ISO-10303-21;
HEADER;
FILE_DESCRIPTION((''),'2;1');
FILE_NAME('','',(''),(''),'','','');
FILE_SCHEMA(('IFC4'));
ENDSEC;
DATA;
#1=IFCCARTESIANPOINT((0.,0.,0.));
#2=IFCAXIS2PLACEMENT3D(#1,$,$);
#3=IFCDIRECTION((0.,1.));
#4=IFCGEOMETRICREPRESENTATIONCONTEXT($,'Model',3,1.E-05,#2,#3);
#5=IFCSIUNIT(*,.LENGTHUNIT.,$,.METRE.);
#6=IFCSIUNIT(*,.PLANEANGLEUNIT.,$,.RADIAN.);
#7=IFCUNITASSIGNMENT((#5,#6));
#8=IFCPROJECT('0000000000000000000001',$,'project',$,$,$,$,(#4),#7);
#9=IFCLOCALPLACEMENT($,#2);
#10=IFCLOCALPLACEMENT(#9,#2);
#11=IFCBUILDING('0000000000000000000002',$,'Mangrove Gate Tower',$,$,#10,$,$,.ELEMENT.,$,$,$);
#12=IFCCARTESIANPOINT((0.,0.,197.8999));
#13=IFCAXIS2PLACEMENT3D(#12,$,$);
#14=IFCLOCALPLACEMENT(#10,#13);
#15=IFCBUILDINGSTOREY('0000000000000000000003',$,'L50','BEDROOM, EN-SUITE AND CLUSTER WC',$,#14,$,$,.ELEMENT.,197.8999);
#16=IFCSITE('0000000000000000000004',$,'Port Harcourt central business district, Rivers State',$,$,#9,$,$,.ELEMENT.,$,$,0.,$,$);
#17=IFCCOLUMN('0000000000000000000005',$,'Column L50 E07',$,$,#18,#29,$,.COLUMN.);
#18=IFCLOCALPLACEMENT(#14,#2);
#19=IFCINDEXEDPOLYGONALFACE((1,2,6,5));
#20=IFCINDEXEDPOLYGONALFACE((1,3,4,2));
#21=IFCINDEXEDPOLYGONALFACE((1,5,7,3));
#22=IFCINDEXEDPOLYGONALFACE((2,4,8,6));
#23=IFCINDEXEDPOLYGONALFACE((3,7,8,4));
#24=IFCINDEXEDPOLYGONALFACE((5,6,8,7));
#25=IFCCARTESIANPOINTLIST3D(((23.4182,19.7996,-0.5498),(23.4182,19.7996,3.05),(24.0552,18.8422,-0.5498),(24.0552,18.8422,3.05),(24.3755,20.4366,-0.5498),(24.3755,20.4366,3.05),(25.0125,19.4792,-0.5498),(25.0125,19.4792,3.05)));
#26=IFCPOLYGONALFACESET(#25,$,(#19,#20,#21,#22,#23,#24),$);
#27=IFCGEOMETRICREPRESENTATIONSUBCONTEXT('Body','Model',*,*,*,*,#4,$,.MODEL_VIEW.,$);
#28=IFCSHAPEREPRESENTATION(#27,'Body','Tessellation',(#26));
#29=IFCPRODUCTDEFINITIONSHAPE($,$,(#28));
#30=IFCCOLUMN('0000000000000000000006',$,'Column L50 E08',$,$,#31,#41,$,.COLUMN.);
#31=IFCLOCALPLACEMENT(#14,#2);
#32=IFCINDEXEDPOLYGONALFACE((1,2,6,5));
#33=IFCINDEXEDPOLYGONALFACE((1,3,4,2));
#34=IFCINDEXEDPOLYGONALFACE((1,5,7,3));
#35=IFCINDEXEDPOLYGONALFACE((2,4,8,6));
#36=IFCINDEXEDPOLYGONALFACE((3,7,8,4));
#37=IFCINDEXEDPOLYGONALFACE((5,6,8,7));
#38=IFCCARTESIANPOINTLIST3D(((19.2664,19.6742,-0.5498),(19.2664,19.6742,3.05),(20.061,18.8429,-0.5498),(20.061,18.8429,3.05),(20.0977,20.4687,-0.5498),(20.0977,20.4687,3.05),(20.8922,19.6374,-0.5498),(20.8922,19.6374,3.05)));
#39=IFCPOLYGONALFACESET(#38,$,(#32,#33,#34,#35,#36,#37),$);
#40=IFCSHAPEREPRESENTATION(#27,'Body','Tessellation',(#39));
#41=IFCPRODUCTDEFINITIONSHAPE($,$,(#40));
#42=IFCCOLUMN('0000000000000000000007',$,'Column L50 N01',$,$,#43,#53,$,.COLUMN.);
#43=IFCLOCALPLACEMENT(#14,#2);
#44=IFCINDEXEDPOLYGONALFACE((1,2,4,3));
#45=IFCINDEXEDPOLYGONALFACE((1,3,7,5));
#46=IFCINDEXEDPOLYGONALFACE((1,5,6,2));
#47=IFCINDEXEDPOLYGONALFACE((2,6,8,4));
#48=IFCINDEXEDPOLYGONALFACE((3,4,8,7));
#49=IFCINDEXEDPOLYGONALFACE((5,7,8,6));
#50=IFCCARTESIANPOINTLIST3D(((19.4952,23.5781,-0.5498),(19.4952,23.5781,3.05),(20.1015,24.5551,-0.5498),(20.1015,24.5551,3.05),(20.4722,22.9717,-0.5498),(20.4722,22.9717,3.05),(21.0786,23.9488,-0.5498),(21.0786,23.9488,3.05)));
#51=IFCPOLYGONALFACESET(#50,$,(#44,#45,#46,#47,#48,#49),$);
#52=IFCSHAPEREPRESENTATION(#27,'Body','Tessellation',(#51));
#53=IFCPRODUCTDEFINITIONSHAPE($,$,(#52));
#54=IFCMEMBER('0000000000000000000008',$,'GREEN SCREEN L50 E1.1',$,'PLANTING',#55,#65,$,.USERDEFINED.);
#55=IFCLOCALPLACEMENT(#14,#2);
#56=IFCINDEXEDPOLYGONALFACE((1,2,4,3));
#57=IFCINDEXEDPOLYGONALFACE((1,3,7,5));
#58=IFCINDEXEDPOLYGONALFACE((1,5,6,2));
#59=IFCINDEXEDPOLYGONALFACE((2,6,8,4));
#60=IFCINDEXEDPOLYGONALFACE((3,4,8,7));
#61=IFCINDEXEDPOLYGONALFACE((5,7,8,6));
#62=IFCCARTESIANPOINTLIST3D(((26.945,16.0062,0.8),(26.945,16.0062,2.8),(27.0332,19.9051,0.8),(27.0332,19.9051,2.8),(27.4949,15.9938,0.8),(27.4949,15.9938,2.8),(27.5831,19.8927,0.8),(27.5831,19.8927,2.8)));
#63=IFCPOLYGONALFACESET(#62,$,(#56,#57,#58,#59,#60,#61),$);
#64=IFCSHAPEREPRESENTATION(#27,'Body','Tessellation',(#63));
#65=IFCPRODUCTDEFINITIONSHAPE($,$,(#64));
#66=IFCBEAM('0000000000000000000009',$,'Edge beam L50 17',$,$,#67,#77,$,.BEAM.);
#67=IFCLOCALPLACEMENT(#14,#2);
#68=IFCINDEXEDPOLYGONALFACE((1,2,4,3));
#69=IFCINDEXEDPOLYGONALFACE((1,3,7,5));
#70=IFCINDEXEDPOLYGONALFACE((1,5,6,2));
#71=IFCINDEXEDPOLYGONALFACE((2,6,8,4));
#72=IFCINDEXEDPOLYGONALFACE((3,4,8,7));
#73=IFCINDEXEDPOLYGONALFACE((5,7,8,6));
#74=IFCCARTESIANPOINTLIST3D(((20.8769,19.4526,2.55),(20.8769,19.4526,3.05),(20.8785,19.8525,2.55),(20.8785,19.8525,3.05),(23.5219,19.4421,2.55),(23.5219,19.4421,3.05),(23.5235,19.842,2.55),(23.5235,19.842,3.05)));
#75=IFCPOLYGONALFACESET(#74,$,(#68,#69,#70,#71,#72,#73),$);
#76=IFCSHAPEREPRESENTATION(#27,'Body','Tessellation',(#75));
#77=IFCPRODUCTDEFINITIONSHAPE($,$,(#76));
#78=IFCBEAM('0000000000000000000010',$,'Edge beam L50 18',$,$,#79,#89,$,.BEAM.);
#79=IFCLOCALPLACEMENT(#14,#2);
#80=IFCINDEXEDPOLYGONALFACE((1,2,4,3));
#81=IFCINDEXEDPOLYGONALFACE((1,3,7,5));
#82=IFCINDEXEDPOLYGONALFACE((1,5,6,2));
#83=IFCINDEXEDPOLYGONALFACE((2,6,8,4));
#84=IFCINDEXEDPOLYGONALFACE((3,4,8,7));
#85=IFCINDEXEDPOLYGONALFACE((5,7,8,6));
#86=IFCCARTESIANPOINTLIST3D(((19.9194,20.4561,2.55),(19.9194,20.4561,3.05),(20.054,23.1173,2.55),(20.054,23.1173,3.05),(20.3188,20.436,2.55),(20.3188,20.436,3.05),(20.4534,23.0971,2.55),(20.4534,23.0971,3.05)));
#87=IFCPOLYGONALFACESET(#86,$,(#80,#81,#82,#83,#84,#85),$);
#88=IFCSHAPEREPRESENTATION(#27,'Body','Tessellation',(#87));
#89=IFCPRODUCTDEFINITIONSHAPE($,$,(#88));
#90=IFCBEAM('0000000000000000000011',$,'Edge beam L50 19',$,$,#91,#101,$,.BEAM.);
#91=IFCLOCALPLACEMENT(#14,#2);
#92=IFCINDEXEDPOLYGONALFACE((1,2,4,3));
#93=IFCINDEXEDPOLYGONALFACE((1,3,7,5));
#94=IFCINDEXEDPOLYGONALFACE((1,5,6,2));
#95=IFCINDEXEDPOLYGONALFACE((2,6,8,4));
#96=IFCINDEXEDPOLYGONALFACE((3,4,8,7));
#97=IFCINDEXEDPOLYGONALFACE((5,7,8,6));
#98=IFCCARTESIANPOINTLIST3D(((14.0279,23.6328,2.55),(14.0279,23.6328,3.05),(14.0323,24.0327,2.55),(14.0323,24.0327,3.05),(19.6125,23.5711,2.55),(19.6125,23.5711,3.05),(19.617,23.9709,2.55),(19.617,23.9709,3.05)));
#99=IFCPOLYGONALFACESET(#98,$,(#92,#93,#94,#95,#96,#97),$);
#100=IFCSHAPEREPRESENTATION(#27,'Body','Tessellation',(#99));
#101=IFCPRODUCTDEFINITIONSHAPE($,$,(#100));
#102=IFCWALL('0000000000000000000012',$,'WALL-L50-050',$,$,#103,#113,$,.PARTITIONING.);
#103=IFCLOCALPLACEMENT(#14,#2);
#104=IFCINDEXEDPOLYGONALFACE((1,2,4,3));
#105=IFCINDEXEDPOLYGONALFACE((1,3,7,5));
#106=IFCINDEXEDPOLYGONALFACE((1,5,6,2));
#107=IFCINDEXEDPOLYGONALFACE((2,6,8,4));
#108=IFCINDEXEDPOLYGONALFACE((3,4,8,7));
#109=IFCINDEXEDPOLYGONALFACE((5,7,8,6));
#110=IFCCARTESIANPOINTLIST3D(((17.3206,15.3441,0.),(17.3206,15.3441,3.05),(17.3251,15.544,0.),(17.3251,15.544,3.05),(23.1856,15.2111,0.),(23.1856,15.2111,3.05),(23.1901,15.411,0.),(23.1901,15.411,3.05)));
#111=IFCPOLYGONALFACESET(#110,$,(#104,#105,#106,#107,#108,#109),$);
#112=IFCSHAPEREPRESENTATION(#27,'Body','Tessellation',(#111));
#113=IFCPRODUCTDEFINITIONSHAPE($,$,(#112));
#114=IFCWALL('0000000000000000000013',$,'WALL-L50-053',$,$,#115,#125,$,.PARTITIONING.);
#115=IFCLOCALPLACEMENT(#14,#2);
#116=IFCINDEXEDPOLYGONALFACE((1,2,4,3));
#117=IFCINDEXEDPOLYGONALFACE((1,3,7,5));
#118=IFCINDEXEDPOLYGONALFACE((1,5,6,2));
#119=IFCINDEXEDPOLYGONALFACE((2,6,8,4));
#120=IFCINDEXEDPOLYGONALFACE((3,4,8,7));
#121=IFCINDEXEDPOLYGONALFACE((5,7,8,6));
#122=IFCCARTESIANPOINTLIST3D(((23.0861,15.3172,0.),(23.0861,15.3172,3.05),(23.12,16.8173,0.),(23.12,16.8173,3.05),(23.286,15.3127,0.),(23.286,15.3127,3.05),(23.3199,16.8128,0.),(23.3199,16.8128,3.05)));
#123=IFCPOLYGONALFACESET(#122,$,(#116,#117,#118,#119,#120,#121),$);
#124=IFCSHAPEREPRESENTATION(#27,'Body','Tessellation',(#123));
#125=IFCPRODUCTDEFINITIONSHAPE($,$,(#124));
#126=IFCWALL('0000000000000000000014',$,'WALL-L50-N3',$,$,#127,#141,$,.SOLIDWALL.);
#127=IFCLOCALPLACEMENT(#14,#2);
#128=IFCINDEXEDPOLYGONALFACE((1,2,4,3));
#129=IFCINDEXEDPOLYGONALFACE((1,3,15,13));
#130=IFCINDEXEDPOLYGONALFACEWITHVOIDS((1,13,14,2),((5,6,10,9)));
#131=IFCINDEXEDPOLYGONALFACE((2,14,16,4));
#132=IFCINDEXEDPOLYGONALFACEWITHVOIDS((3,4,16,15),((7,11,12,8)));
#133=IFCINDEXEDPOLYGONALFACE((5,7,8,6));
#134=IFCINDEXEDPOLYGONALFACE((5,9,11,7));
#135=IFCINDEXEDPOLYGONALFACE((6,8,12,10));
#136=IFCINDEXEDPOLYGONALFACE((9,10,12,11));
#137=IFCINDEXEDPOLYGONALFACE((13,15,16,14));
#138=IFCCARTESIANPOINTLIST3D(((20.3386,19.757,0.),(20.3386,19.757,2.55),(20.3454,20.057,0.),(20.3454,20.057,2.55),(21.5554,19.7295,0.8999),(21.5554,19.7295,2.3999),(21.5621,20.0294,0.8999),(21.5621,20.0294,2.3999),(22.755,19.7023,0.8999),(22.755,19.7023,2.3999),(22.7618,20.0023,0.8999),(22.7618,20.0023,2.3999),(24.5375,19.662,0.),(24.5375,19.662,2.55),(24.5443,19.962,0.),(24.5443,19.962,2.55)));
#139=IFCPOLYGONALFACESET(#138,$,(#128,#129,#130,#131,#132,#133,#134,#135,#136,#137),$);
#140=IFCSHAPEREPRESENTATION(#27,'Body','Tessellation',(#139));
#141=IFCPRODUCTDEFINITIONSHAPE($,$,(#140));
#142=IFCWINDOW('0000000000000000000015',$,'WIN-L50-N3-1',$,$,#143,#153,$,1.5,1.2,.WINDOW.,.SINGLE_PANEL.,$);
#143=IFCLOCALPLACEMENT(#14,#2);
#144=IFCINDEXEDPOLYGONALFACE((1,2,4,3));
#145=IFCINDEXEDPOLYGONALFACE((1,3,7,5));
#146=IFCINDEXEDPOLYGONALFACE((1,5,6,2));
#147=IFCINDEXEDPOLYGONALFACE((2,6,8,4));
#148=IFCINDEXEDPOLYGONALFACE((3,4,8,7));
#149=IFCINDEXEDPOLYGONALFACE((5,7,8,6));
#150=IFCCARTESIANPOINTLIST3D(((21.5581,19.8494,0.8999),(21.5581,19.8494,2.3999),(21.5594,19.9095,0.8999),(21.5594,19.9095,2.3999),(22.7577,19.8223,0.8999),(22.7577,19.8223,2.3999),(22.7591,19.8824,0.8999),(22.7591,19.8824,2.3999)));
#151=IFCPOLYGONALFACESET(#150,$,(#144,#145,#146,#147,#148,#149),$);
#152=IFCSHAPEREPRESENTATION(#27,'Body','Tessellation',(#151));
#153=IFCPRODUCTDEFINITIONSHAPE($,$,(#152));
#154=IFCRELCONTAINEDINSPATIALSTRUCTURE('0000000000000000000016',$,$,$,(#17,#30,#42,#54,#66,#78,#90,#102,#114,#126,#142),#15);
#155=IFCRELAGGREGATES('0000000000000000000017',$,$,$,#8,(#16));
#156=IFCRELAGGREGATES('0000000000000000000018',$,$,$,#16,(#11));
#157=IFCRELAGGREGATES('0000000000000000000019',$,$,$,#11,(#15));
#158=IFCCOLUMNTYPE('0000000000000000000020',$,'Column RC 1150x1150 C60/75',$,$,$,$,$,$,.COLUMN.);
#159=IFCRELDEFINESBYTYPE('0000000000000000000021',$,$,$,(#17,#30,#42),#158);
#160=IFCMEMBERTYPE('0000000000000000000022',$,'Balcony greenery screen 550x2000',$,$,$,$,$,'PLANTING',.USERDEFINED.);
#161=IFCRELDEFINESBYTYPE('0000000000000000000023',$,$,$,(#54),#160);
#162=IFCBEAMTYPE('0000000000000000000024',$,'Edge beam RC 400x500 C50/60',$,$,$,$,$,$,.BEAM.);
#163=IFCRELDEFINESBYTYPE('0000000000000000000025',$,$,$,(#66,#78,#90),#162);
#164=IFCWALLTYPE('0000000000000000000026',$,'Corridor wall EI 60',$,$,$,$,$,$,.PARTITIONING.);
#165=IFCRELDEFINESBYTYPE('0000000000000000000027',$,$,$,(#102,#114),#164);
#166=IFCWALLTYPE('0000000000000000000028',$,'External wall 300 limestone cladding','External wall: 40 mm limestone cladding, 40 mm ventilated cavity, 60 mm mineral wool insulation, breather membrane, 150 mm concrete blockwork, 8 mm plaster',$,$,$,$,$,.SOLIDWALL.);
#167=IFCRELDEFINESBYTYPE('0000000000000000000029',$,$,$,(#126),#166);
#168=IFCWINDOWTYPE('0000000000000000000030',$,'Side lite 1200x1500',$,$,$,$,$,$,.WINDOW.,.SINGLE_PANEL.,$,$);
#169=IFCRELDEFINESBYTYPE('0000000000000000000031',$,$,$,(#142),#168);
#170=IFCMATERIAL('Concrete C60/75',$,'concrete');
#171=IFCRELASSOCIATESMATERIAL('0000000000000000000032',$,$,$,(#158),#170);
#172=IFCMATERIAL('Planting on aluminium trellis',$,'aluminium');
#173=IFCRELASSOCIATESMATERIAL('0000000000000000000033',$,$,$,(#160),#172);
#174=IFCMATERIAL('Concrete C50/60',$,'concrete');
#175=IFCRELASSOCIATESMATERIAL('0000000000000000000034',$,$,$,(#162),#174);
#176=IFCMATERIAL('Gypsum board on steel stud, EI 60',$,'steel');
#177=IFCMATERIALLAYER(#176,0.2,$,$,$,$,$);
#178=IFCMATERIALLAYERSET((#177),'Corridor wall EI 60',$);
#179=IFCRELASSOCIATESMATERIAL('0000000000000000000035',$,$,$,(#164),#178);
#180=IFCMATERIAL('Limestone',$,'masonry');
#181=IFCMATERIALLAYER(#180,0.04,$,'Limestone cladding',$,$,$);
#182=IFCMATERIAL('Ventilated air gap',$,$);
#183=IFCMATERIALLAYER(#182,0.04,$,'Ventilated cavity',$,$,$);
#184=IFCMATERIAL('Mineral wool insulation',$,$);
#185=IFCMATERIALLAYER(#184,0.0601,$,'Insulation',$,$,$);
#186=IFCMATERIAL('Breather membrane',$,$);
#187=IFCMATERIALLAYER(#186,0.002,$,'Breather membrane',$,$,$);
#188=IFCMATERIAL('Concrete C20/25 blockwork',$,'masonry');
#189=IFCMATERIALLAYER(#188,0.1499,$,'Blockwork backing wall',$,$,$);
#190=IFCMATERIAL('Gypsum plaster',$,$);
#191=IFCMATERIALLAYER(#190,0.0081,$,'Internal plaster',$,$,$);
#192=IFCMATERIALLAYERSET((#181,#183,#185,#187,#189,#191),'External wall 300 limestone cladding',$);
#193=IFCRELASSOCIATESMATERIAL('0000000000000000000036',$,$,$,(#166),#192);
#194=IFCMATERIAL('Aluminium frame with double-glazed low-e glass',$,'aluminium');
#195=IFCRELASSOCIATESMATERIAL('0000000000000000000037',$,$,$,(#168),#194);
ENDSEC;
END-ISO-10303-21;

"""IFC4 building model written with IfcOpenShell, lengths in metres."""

from ifc_helpers import new_model, si_unit, direction, frame, frame_2d, origin, origin_2d, place, context, subcontext, project, spatial, rectangle, extrude, material, layer, layer_set, material_profile, profile_set, type_object, element, fill, save


model = new_model("IFC4")

# Units and contexts
model_context = context("Model", 3, precision=1e-05, world=origin(), true_north=direction((0.0, 1.0)))
body_context = subcontext(model_context, "Body", "Model", "MODEL_VIEW")
ifc_project = project(units=[si_unit("LENGTHUNIT", "METRE"), si_unit("PLANEANGLEUNIT", "RADIAN")], contexts=[model_context])

# Site, building, storey
site_placement = place(None, origin())
site = spatial("IfcSite", under=ifc_project, at=site_placement, Name="Port Harcourt central business district, Rivers State", CompositionType="ELEMENT", RefElevation=0.0)
building_placement = place(site_placement, origin())
building = spatial("IfcBuilding", under=site, at=building_placement, Name="Mangrove Gate Tower", CompositionType="ELEMENT")
storey_placement = place(building_placement, frame((0.0, 0.0, 197.8999)))
storey = spatial("IfcBuildingStorey", under=building, at=storey_placement, Name="L50", Description="BEDROOM, EN-SUITE AND CLUSTER WC", CompositionType="ELEMENT", Elevation=197.8999)

# Columns
ifc_material_1 = material(Name="Concrete C60/75", Category="concrete")
ifc_material_profile_1 = material_profile(ifc_material_1, rectangle(XDim=1.1499, YDim=1.1499, at=origin_2d()))
ifc_profile_set_1 = profile_set([ifc_material_profile_1], Name="Concrete C60/75")
column_type = type_object("IfcColumnType", Name="Column RC 1150x1150 C60/75", PredefinedType="COLUMN", material=ifc_profile_set_1)
for number, where, z_axis, x_axis, name in (
    (1, (24.2153, 19.6394, -0.5498), (0.0, 0.0, 1.0), (-0.553976, 0.832532, 0.0), "Column L50 E07"),
    (2, (20.0793, 19.6558, -0.5498), (0.0, 0.0, 1.0), (-0.690932, 0.72292, 0.0), "Column L50 E08"),
    (3, (20.2869, 23.7634, -0.5498), (0.0, 0.0, 1.0), (-0.849672, 0.527312, 0.0), "Column L50 N01"),
):
    element("IfcColumn", number, at=place(storey_placement, frame(where, z_axis=z_axis, x_axis=x_axis)), inside=storey, type_object=column_type, Name=name, PredefinedType="COLUMN", context=body_context, shape_type="SweptSolid", body=[
        extrude(rectangle(XDim=1.1499, YDim=1.1499, at=origin_2d()), origin(), (0.0, 0.0, 1.0), 3.5999),
    ])

# Member
ifc_material_2 = material(Name="Planting on aluminium trellis", Category="aluminium")
ifc_material_profile_2 = material_profile(ifc_material_2, rectangle(XDim=0.55, YDim=2.0, at=origin_2d()))
ifc_profile_set_2 = profile_set([ifc_material_profile_2], Name="Planting on aluminium trellis")
member_type = type_object("IfcMemberType", Name="Balcony greenery screen 550x2000", ElementType="PLANTING", PredefinedType="USERDEFINED", material=ifc_profile_set_2)
member_placement = place(storey_placement, frame((27.22, 16.0, 1.8), z_axis=(0.022599, 0.999745, 0.0), x_axis=(-0.999745, 0.022599, 0.0)))
element("IfcMember", 4, at=member_placement, inside=storey, type_object=member_type, Name="GREEN SCREEN L50 E1.1", ObjectType="PLANTING", PredefinedType="USERDEFINED", context=body_context, shape_type="SweptSolid", body=[
    extrude(rectangle(XDim=0.55, YDim=2.0, at=origin_2d()), origin(), (0.0, 0.0, 1.0), 3.8999),
])

# Beams
ifc_material_3 = material(Name="Concrete C50/60", Category="concrete")
ifc_material_profile_3 = material_profile(ifc_material_3, rectangle(XDim=0.3999, YDim=0.5, at=origin_2d()))
ifc_profile_set_3 = profile_set([ifc_material_profile_3], Name="Concrete C50/60")
beam_type = type_object("IfcBeamType", Name="Edge beam RC 400x500 C50/60", PredefinedType="BEAM", material=ifc_profile_set_3)
beam_1_placement = place(storey_placement, frame((23.5227, 19.6421, 2.8), z_axis=(-0.999992, 0.003969, 0.0), x_axis=(-0.003969, -0.999992, 0.0)))
element("IfcBeam", 5, at=beam_1_placement, inside=storey, type_object=beam_type, Name="Edge beam L50 17", PredefinedType="BEAM", context=body_context, shape_type="SweptSolid", body=[
    extrude(rectangle(XDim=0.3999, YDim=0.5, at=origin_2d()), origin(), (0.0, 0.0, 1.0), 2.645),
])
beam_2_placement = place(storey_placement, frame((20.1191, 20.446, 2.8), z_axis=(0.050486, 0.998725, 0.0), x_axis=(-0.998725, 0.050486, 0.0)))
element("IfcBeam", 6, at=beam_2_placement, inside=storey, type_object=beam_type, Name="Edge beam L50 18", PredefinedType="BEAM", context=body_context, shape_type="SweptSolid", body=[
    extrude(rectangle(XDim=0.3999, YDim=0.5, at=origin_2d()), origin(), (0.0, 0.0, 1.0), 2.6646),
])
beam_3_placement = place(storey_placement, frame((19.6147, 23.771, 2.8), z_axis=(-0.999939, 0.011059, 0.0), x_axis=(-0.011059, -0.999939, 0.0)))
element("IfcBeam", 7, at=beam_3_placement, inside=storey, type_object=beam_type, Name="Edge beam L50 19", PredefinedType="BEAM", context=body_context, shape_type="SweptSolid", body=[
    extrude(rectangle(XDim=0.3999, YDim=0.5, at=origin_2d()), origin(), (0.0, 0.0, 1.0), 5.585),
])

# Walls
ifc_material_4 = material(Name="Gypsum board on steel stud, EI 60", Category="steel")
ifc_layer_1 = layer(ifc_material_4, 0.2)
ifc_layer_set_1 = layer_set([ifc_layer_1], Name="Corridor wall EI 60")
wall_type_1 = type_object("IfcWallType", Name="Corridor wall EI 60", PredefinedType="PARTITIONING", material=ifc_layer_set_1)
wall_1_placement = place(storey_placement, frame((17.323, 15.4441, 0.0), z_axis=(0.0, 0.0, 1.0), x_axis=(0.999743, -0.022681, 0.0)))
element("IfcWall", 8, at=wall_1_placement, inside=storey, type_object=wall_type_1, Name="WALL-L50-050", PredefinedType="PARTITIONING", context=body_context, shape_type="SweptSolid", body=[
    extrude(rectangle(XDim=5.8665, YDim=0.2, at=frame_2d((2.9331, 0.0))), origin(), (0.0, 0.0, 1.0), 3.05),
])
wall_2_placement = place(storey_placement, frame((23.186, 15.3149, 0.0), z_axis=(0.0, 0.0, 1.0), x_axis=(0.022618, 0.999744, 0.0)))
element("IfcWall", 9, at=wall_2_placement, inside=storey, type_object=wall_type_1, Name="WALL-L50-053", PredefinedType="PARTITIONING", context=body_context, shape_type="SweptSolid", body=[
    extrude(rectangle(XDim=1.5005, YDim=0.2, at=frame_2d((0.7502, 0.0))), origin(), (0.0, 0.0, 1.0), 3.05),
])

# Wall, opening, window
ifc_material_5 = material(Name="Limestone", Category="masonry")
ifc_layer_2 = layer(ifc_material_5, 0.04, Name="Limestone cladding")
ifc_material_6 = material(Name="Ventilated air gap")
ifc_layer_3 = layer(ifc_material_6, 0.04, Name="Ventilated cavity")
ifc_material_7 = material(Name="Mineral wool insulation")
ifc_layer_4 = layer(ifc_material_7, 0.0601, Name="Insulation")
ifc_material_8 = material(Name="Breather membrane")
ifc_layer_5 = layer(ifc_material_8, 0.002, Name="Breather membrane")
ifc_material_9 = material(Name="Concrete C20/25 blockwork", Category="masonry")
ifc_layer_6 = layer(ifc_material_9, 0.1499, Name="Blockwork backing wall")
ifc_material_10 = material(Name="Gypsum plaster")
ifc_layer_7 = layer(ifc_material_10, 0.0081, Name="Internal plaster")
ifc_layer_set_2 = layer_set([ifc_layer_2, ifc_layer_3, ifc_layer_4, ifc_layer_5, ifc_layer_6, ifc_layer_7], Name="External wall 300 limestone cladding")
wall_type_2 = type_object("IfcWallType", Name="External wall 300 limestone cladding", Description="External wall: 40 mm limestone cladding, 40 mm ventilated cavity, 60 mm mineral wool insulation, breather membrane, 150 mm concrete blockwork, 8 mm plaster", PredefinedType="SOLIDWALL", material=ifc_layer_set_2)
wall_3_placement = place(storey_placement, frame((24.541, 19.812, 0.0), z_axis=(0.0, 0.0, 1.0), x_axis=(-0.999744, 0.022612, 0.0)))
wall_3 = element("IfcWall", 10, at=wall_3_placement, inside=storey, type_object=wall_type_2, Name="WALL-L50-N3", PredefinedType="SOLIDWALL", context=body_context, shape_type="SweptSolid", body=[
    extrude(rectangle(XDim=4.2, YDim=0.3, at=frame_2d((2.1001, 0.0))), origin(), (0.0, 0.0, 1.0), 2.55),
])
opening_1_placement = place(wall_3_placement, frame((1.783, 0.0, 0.8999)))
opening_1 = element("IfcOpeningElement", 11, at=opening_1_placement, cuts=wall_3, PredefinedType="OPENING", context=body_context, shape_type="SweptSolid", body=[
    extrude(rectangle(XDim=1.2, YDim=1.5, at=frame_2d((0.6001, 0.75))), frame((0.0, 0.1599, 0.0), z_axis=(0.0, -1.0, 0.0), x_axis=(1.0, 0.0, 0.0)), (0.0, 0.0, 1.0), 0.3201),
])
ifc_material_11 = material(Name="Aluminium frame with double-glazed low-e glass", Category="aluminium")
window_type_1 = type_object("IfcWindowType", Name="Side lite 1200x1500", PartitioningType="SINGLE_PANEL", PredefinedType="WINDOW", material=ifc_material_11)
window_1_placement = place(opening_1_placement, origin())
window_1 = element("IfcWindow", 12, at=window_1_placement, inside=storey, type_object=window_type_1, Name="WIN-L50-N3-1", OverallHeight=1.5, OverallWidth=1.2, PartitioningType="SINGLE_PANEL", PredefinedType="WINDOW", context=body_context, shape_type="SweptSolid", body=[
    extrude(rectangle(XDim=1.2, YDim=1.5, at=frame_2d((0.6001, 0.75))), frame((0.0, 0.03, 0.0), z_axis=(0.0, -1.0, 0.0), x_axis=(1.0, 0.0, 0.0)), (0.0, 0.0, 1.0), 0.0601),
])
fill(opening_1, window_1)

save(model, "model.ifc")
